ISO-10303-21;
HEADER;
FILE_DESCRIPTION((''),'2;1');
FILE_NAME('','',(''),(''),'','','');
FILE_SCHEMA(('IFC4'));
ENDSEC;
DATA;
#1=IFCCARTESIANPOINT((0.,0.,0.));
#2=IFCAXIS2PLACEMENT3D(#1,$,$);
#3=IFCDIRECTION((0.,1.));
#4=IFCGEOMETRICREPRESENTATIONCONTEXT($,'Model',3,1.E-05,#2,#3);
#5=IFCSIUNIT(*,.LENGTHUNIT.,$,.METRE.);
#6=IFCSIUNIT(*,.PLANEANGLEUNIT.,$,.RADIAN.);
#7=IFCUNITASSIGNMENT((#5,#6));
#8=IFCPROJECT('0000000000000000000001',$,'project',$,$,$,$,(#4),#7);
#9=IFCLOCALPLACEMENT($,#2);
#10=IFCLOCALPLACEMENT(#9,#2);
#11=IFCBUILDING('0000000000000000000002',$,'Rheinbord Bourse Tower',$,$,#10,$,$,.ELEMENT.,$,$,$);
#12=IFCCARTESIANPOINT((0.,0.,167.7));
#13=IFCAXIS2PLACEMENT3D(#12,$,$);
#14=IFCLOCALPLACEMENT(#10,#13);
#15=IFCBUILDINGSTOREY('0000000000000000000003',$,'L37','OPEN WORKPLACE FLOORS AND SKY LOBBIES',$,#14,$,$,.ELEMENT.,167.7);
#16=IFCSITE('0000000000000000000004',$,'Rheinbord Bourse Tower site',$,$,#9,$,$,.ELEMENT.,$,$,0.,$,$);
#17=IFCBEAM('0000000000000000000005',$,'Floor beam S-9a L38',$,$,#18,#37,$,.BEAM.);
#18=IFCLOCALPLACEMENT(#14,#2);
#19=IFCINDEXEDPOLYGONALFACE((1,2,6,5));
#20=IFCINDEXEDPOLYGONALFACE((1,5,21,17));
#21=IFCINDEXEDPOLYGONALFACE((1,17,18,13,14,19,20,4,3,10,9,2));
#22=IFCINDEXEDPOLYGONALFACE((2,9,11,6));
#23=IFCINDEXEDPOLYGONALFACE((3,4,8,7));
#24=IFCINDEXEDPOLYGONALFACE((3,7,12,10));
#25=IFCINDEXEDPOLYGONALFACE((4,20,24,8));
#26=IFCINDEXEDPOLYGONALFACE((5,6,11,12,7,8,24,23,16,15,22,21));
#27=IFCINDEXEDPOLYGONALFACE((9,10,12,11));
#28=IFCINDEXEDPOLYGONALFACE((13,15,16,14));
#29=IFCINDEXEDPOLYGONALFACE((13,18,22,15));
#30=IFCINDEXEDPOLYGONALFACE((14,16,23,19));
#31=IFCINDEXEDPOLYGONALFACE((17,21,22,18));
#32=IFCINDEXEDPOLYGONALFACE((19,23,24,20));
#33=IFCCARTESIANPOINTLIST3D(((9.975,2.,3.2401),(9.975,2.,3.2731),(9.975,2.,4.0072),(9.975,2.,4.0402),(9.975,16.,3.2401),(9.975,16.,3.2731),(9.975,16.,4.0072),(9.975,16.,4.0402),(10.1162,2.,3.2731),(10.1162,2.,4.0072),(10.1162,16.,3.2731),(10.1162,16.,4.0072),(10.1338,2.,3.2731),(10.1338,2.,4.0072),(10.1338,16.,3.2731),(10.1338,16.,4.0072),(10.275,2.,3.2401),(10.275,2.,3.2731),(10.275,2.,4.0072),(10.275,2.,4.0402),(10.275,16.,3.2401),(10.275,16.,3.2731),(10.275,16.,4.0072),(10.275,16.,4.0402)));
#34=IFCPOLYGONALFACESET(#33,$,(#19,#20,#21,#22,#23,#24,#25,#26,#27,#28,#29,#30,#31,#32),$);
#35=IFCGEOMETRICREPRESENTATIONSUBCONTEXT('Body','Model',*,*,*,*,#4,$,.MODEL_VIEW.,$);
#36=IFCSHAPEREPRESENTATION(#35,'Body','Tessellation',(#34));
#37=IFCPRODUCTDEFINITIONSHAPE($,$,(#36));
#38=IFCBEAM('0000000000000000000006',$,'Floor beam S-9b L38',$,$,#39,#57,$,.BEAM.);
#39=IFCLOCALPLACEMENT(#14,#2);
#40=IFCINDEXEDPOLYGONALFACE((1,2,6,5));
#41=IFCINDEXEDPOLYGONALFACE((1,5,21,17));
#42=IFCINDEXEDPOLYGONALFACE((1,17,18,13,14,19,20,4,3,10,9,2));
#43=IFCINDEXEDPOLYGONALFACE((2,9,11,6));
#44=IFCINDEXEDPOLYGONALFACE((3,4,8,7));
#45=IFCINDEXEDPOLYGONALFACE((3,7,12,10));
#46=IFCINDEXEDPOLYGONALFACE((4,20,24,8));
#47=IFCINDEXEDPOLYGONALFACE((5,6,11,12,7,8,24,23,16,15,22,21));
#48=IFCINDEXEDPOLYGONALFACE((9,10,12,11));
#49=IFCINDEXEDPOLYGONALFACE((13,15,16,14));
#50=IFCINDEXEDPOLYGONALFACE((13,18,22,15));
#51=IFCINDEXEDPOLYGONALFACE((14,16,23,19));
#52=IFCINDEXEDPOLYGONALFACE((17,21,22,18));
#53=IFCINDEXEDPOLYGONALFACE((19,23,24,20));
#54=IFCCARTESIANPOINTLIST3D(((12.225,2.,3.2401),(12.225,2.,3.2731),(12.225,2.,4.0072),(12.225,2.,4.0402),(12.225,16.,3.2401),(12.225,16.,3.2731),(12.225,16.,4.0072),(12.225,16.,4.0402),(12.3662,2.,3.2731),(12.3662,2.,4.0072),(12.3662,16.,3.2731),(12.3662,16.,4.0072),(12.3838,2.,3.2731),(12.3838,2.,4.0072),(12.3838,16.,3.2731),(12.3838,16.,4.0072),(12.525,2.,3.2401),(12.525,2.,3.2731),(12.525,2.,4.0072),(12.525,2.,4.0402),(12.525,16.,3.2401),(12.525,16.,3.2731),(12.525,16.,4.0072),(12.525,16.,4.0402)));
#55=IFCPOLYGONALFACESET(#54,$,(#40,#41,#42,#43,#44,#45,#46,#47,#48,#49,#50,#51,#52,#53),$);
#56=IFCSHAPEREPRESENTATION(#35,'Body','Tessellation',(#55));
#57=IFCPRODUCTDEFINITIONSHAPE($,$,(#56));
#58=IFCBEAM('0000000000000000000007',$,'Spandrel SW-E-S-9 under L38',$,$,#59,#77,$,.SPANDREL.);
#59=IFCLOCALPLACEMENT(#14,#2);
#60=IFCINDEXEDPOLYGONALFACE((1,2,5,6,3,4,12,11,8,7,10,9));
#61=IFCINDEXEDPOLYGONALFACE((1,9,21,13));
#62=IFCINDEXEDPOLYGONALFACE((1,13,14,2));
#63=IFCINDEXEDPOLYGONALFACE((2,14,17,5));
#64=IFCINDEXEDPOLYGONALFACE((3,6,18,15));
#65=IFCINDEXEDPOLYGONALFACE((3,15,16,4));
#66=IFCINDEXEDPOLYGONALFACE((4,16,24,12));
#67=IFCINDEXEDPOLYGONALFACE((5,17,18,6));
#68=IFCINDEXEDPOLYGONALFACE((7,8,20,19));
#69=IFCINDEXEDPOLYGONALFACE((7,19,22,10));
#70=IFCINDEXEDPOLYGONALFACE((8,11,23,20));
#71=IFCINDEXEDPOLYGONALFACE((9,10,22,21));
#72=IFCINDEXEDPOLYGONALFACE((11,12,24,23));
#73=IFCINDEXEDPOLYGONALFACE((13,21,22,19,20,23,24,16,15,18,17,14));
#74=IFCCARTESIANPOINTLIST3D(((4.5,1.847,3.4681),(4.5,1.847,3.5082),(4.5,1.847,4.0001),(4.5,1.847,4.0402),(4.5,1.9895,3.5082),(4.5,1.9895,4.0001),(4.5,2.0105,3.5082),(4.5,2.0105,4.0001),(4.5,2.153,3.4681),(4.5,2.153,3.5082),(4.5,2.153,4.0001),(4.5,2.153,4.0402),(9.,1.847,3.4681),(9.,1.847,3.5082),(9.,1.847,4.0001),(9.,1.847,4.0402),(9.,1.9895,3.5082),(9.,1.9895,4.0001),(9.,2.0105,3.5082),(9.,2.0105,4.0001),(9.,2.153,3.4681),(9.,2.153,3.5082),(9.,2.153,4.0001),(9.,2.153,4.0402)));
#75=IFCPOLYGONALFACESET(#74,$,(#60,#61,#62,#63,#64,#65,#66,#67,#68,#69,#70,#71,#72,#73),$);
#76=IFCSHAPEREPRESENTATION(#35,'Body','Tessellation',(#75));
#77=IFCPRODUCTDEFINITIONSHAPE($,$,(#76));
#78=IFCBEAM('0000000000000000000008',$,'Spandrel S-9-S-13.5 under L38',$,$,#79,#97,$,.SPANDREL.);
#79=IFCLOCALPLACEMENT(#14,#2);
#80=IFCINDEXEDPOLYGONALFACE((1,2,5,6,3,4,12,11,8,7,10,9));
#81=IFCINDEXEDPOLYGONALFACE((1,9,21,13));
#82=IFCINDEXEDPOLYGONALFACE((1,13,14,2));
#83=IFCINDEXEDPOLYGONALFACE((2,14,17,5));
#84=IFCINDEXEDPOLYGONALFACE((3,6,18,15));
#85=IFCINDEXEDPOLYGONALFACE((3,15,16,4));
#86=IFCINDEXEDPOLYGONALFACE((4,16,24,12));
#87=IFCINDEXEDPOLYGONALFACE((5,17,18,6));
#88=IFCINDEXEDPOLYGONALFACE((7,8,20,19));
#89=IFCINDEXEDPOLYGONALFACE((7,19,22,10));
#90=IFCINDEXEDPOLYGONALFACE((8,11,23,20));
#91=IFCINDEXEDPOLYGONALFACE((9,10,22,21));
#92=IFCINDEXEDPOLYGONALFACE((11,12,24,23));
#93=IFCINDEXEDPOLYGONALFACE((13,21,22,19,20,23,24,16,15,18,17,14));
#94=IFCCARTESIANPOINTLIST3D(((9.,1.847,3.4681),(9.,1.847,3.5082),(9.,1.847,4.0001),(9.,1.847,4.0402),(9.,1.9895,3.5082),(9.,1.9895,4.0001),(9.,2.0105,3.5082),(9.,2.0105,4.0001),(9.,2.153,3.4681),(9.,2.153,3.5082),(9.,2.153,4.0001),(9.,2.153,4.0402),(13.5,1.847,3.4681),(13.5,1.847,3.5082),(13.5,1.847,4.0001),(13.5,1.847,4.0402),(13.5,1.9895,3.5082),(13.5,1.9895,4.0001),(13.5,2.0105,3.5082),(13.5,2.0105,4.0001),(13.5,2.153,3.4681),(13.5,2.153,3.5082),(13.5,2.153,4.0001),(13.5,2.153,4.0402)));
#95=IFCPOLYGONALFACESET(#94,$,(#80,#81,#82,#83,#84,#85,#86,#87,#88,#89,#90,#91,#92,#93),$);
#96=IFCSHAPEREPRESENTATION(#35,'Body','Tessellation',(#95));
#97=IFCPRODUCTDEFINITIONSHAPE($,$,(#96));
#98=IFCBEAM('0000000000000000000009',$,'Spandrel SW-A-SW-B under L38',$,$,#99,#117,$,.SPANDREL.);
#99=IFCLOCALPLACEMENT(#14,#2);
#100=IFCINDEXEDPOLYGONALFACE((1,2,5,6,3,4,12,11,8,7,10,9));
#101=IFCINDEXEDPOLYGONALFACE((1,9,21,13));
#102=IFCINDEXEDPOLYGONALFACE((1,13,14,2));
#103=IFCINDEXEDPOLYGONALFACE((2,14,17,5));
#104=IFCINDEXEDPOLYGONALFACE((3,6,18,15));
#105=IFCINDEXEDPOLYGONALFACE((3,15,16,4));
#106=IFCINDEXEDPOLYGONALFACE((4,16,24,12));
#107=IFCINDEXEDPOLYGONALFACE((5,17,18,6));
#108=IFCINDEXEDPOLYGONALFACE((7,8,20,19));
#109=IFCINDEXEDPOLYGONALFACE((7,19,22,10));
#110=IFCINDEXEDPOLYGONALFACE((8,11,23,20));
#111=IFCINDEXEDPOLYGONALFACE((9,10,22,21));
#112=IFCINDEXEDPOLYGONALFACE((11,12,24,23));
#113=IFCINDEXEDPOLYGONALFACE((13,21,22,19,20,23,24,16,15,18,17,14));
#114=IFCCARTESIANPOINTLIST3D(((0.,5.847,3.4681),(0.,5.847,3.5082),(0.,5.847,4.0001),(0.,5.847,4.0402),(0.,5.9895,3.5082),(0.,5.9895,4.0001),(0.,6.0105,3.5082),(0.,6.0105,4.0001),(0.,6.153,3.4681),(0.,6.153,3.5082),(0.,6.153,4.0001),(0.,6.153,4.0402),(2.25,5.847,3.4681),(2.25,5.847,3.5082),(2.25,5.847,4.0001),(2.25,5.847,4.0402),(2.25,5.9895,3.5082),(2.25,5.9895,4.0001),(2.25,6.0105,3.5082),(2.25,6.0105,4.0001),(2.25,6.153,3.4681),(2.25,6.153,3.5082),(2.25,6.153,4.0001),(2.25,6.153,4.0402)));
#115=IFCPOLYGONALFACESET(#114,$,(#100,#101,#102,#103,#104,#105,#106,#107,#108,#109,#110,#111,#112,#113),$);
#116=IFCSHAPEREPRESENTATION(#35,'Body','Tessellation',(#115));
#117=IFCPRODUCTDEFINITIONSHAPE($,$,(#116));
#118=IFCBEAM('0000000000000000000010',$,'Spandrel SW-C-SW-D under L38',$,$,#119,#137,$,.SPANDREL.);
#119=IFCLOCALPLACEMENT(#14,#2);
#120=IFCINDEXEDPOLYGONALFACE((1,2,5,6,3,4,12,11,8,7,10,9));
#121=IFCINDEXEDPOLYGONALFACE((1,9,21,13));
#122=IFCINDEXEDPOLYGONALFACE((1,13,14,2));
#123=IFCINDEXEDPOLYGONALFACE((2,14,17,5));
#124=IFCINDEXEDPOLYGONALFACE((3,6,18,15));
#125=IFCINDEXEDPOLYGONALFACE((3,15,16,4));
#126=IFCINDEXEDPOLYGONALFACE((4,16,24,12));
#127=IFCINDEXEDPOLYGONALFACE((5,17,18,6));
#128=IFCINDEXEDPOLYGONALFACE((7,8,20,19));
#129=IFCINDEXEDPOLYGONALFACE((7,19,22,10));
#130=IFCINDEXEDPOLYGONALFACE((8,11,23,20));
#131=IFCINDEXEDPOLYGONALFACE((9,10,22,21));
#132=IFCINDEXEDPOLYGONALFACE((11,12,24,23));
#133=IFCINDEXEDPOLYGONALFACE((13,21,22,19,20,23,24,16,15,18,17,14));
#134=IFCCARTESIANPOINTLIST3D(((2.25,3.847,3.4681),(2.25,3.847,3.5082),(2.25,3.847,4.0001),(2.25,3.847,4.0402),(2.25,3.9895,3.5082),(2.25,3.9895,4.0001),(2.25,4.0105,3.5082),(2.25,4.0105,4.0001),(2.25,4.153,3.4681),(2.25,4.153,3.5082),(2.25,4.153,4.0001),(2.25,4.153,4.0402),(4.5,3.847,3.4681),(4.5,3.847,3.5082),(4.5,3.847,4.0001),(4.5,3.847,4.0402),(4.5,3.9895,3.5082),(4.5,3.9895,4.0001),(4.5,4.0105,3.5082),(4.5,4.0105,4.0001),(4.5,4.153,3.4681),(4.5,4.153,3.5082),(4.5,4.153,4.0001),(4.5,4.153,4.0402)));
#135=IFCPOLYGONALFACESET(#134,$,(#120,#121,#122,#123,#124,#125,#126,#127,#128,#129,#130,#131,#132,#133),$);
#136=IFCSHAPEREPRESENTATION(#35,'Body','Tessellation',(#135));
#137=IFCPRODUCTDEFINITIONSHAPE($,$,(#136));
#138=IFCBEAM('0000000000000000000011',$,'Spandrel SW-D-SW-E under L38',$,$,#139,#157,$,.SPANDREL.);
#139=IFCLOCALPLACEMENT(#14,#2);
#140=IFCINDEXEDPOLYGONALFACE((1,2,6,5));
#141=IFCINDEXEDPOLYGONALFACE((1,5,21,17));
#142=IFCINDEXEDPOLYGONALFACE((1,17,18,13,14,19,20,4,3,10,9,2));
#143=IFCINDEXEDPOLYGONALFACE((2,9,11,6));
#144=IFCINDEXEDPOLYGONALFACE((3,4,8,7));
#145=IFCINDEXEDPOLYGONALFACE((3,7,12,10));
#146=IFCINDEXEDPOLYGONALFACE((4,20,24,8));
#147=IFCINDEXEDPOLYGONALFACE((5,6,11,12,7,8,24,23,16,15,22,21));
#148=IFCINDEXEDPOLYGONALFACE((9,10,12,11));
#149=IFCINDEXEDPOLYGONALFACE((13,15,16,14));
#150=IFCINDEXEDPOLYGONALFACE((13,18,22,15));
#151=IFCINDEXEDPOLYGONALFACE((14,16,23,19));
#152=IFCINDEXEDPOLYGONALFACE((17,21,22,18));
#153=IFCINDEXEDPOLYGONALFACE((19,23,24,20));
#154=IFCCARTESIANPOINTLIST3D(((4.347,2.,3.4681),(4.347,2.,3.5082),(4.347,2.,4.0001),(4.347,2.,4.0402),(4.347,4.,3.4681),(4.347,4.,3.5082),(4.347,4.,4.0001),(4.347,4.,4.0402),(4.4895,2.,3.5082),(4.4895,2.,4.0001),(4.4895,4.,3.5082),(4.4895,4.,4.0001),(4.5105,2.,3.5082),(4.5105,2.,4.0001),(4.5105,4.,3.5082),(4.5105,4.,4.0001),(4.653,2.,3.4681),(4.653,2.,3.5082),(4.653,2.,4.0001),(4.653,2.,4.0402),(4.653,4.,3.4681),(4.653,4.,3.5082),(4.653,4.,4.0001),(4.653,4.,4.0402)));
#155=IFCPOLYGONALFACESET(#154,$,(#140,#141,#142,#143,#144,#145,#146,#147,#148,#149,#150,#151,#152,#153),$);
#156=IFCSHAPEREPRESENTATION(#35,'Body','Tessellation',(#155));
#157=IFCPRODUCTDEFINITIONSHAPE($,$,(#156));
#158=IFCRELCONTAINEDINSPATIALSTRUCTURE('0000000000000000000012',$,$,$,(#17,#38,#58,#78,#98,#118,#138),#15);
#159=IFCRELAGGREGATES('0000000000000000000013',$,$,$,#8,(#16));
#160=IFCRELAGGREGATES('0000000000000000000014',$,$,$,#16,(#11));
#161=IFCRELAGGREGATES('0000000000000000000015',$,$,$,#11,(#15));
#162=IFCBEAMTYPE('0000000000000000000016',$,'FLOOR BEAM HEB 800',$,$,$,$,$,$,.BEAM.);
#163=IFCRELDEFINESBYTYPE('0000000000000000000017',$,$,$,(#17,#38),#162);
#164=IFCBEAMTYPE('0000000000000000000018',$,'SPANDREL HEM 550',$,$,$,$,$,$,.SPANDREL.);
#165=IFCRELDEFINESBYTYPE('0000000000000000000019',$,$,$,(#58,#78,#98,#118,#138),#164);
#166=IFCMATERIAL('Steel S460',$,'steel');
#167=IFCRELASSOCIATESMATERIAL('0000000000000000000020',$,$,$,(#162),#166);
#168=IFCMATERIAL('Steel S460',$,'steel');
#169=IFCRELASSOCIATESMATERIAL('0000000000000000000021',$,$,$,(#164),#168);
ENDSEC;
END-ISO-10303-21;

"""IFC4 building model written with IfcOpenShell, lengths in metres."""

from ifc_helpers import new_model, si_unit, direction, frame, origin, origin_2d, place, context, subcontext, project, spatial, i_section, extrude, material, material_profile, profile_set, type_object, element, save


model = new_model("IFC4")

# Units and contexts
model_context = context("Model", 3, precision=1e-05, world=origin(), true_north=direction((0.0, 1.0)))
body_context = subcontext(model_context, "Body", "Model", "MODEL_VIEW")
ifc_project = project(units=[si_unit("LENGTHUNIT", "METRE"), si_unit("PLANEANGLEUNIT", "RADIAN")], contexts=[model_context])

# Site, building, storey
site_placement = place(None, origin())
site = spatial("IfcSite", under=ifc_project, at=site_placement, Name="Rheinbord Bourse Tower site", CompositionType="ELEMENT", RefElevation=0.0)
building_placement = place(site_placement, origin())
building = spatial("IfcBuilding", under=site, at=building_placement, Name="Rheinbord Bourse Tower", CompositionType="ELEMENT")
storey_placement = place(building_placement, frame((0.0, 0.0, 167.7)))
storey = spatial("IfcBuildingStorey", under=building, at=storey_placement, Name="L37", Description="OPEN WORKPLACE FLOORS AND SKY LOBBIES", CompositionType="ELEMENT", Elevation=167.7)

# Beams
ifc_material_1 = material(Name="Steel S460", Category="steel")
ifc_material_profile_1 = material_profile(ifc_material_1, i_section(OverallWidth=0.3, OverallDepth=0.8, WebThickness=0.0176, FlangeThickness=0.033, at=origin_2d()), Name="HEB 800")
ifc_profile_set_1 = profile_set([ifc_material_profile_1], Name="Steel S460")
beam_type_1 = type_object("IfcBeamType", Name="FLOOR BEAM HEB 800", PredefinedType="BEAM", material=ifc_profile_set_1)
for number, where, z_axis, x_axis, name in (
    (1, (10.125, 2.0, 3.6401), (0.0, 1.0, 0.0), (-1.0, 0.0, 0.0), "Floor beam S-9a L38"),
    (2, (12.375, 2.0, 3.6401), (0.0, 1.0, 0.0), (-1.0, 0.0, 0.0), "Floor beam S-9b L38"),
):
    element("IfcBeam", number, at=place(storey_placement, frame(where, z_axis=z_axis, x_axis=x_axis)), inside=storey, type_object=beam_type_1, Name=name, PredefinedType="BEAM", context=body_context, shape_type="SweptSolid", body=[
        extrude(i_section(OverallWidth=0.3, OverallDepth=0.8, WebThickness=0.0176, FlangeThickness=0.033, at=origin_2d()), origin(), (0.0, 0.0, 1.0), 14.0),
    ])
ifc_material_2 = material(Name="Steel S460", Category="steel")
ifc_material_profile_2 = material_profile(ifc_material_2, i_section(OverallWidth=0.3059, OverallDepth=0.572, WebThickness=0.021, FlangeThickness=0.04, at=origin_2d()), Name="HEM 550")
ifc_profile_set_2 = profile_set([ifc_material_profile_2], Name="Steel S460")
beam_type_2 = type_object("IfcBeamType", Name="SPANDREL HEM 550", PredefinedType="SPANDREL", material=ifc_profile_set_2)
for number, where, z_axis, x_axis, name in (
    (3, (4.5, 2.0, 3.7542), (1.0, 0.0, 0.0), (0.0, 1.0, 0.0), "Spandrel SW-E-S-9 under L38"),
    (4, (9.0, 2.0, 3.7542), (1.0, 0.0, 0.0), (0.0, 1.0, 0.0), "Spandrel S-9-S-13.5 under L38"),
):
    element("IfcBeam", number, at=place(storey_placement, frame(where, z_axis=z_axis, x_axis=x_axis)), inside=storey, type_object=beam_type_2, Name=name, PredefinedType="SPANDREL", context=body_context, shape_type="SweptSolid", body=[
        extrude(i_section(OverallWidth=0.3059, OverallDepth=0.572, WebThickness=0.021, FlangeThickness=0.04, at=origin_2d()), origin(), (0.0, 0.0, 1.0), 4.5),
    ])
for number, where, z_axis, x_axis, name in (
    (5, (0.0, 6.0, 3.7542), (1.0, 0.0, 0.0), (0.0, 1.0, 0.0), "Spandrel SW-A-SW-B under L38"),
    (6, (2.25, 4.0, 3.7542), (1.0, 0.0, 0.0), (0.0, 1.0, 0.0), "Spandrel SW-C-SW-D under L38"),
):
    element("IfcBeam", number, at=place(storey_placement, frame(where, z_axis=z_axis, x_axis=x_axis)), inside=storey, type_object=beam_type_2, Name=name, PredefinedType="SPANDREL", context=body_context, shape_type="SweptSolid", body=[
        extrude(i_section(OverallWidth=0.3059, OverallDepth=0.572, WebThickness=0.021, FlangeThickness=0.04, at=origin_2d()), origin(), (0.0, 0.0, 1.0), 2.25),
    ])
beam_placement = place(storey_placement, frame((4.5, 4.0, 3.7542), z_axis=(0.0, -1.0, 0.0), x_axis=(1.0, 0.0, 0.0)))
element("IfcBeam", 7, at=beam_placement, inside=storey, type_object=beam_type_2, Name="Spandrel SW-D-SW-E under L38", PredefinedType="SPANDREL", context=body_context, shape_type="SweptSolid", body=[
    extrude(i_section(OverallWidth=0.3059, OverallDepth=0.572, WebThickness=0.021, FlangeThickness=0.04, at=origin_2d()), origin(), (0.0, 0.0, 1.0), 2.0),
])

save(model, "model.ifc")
